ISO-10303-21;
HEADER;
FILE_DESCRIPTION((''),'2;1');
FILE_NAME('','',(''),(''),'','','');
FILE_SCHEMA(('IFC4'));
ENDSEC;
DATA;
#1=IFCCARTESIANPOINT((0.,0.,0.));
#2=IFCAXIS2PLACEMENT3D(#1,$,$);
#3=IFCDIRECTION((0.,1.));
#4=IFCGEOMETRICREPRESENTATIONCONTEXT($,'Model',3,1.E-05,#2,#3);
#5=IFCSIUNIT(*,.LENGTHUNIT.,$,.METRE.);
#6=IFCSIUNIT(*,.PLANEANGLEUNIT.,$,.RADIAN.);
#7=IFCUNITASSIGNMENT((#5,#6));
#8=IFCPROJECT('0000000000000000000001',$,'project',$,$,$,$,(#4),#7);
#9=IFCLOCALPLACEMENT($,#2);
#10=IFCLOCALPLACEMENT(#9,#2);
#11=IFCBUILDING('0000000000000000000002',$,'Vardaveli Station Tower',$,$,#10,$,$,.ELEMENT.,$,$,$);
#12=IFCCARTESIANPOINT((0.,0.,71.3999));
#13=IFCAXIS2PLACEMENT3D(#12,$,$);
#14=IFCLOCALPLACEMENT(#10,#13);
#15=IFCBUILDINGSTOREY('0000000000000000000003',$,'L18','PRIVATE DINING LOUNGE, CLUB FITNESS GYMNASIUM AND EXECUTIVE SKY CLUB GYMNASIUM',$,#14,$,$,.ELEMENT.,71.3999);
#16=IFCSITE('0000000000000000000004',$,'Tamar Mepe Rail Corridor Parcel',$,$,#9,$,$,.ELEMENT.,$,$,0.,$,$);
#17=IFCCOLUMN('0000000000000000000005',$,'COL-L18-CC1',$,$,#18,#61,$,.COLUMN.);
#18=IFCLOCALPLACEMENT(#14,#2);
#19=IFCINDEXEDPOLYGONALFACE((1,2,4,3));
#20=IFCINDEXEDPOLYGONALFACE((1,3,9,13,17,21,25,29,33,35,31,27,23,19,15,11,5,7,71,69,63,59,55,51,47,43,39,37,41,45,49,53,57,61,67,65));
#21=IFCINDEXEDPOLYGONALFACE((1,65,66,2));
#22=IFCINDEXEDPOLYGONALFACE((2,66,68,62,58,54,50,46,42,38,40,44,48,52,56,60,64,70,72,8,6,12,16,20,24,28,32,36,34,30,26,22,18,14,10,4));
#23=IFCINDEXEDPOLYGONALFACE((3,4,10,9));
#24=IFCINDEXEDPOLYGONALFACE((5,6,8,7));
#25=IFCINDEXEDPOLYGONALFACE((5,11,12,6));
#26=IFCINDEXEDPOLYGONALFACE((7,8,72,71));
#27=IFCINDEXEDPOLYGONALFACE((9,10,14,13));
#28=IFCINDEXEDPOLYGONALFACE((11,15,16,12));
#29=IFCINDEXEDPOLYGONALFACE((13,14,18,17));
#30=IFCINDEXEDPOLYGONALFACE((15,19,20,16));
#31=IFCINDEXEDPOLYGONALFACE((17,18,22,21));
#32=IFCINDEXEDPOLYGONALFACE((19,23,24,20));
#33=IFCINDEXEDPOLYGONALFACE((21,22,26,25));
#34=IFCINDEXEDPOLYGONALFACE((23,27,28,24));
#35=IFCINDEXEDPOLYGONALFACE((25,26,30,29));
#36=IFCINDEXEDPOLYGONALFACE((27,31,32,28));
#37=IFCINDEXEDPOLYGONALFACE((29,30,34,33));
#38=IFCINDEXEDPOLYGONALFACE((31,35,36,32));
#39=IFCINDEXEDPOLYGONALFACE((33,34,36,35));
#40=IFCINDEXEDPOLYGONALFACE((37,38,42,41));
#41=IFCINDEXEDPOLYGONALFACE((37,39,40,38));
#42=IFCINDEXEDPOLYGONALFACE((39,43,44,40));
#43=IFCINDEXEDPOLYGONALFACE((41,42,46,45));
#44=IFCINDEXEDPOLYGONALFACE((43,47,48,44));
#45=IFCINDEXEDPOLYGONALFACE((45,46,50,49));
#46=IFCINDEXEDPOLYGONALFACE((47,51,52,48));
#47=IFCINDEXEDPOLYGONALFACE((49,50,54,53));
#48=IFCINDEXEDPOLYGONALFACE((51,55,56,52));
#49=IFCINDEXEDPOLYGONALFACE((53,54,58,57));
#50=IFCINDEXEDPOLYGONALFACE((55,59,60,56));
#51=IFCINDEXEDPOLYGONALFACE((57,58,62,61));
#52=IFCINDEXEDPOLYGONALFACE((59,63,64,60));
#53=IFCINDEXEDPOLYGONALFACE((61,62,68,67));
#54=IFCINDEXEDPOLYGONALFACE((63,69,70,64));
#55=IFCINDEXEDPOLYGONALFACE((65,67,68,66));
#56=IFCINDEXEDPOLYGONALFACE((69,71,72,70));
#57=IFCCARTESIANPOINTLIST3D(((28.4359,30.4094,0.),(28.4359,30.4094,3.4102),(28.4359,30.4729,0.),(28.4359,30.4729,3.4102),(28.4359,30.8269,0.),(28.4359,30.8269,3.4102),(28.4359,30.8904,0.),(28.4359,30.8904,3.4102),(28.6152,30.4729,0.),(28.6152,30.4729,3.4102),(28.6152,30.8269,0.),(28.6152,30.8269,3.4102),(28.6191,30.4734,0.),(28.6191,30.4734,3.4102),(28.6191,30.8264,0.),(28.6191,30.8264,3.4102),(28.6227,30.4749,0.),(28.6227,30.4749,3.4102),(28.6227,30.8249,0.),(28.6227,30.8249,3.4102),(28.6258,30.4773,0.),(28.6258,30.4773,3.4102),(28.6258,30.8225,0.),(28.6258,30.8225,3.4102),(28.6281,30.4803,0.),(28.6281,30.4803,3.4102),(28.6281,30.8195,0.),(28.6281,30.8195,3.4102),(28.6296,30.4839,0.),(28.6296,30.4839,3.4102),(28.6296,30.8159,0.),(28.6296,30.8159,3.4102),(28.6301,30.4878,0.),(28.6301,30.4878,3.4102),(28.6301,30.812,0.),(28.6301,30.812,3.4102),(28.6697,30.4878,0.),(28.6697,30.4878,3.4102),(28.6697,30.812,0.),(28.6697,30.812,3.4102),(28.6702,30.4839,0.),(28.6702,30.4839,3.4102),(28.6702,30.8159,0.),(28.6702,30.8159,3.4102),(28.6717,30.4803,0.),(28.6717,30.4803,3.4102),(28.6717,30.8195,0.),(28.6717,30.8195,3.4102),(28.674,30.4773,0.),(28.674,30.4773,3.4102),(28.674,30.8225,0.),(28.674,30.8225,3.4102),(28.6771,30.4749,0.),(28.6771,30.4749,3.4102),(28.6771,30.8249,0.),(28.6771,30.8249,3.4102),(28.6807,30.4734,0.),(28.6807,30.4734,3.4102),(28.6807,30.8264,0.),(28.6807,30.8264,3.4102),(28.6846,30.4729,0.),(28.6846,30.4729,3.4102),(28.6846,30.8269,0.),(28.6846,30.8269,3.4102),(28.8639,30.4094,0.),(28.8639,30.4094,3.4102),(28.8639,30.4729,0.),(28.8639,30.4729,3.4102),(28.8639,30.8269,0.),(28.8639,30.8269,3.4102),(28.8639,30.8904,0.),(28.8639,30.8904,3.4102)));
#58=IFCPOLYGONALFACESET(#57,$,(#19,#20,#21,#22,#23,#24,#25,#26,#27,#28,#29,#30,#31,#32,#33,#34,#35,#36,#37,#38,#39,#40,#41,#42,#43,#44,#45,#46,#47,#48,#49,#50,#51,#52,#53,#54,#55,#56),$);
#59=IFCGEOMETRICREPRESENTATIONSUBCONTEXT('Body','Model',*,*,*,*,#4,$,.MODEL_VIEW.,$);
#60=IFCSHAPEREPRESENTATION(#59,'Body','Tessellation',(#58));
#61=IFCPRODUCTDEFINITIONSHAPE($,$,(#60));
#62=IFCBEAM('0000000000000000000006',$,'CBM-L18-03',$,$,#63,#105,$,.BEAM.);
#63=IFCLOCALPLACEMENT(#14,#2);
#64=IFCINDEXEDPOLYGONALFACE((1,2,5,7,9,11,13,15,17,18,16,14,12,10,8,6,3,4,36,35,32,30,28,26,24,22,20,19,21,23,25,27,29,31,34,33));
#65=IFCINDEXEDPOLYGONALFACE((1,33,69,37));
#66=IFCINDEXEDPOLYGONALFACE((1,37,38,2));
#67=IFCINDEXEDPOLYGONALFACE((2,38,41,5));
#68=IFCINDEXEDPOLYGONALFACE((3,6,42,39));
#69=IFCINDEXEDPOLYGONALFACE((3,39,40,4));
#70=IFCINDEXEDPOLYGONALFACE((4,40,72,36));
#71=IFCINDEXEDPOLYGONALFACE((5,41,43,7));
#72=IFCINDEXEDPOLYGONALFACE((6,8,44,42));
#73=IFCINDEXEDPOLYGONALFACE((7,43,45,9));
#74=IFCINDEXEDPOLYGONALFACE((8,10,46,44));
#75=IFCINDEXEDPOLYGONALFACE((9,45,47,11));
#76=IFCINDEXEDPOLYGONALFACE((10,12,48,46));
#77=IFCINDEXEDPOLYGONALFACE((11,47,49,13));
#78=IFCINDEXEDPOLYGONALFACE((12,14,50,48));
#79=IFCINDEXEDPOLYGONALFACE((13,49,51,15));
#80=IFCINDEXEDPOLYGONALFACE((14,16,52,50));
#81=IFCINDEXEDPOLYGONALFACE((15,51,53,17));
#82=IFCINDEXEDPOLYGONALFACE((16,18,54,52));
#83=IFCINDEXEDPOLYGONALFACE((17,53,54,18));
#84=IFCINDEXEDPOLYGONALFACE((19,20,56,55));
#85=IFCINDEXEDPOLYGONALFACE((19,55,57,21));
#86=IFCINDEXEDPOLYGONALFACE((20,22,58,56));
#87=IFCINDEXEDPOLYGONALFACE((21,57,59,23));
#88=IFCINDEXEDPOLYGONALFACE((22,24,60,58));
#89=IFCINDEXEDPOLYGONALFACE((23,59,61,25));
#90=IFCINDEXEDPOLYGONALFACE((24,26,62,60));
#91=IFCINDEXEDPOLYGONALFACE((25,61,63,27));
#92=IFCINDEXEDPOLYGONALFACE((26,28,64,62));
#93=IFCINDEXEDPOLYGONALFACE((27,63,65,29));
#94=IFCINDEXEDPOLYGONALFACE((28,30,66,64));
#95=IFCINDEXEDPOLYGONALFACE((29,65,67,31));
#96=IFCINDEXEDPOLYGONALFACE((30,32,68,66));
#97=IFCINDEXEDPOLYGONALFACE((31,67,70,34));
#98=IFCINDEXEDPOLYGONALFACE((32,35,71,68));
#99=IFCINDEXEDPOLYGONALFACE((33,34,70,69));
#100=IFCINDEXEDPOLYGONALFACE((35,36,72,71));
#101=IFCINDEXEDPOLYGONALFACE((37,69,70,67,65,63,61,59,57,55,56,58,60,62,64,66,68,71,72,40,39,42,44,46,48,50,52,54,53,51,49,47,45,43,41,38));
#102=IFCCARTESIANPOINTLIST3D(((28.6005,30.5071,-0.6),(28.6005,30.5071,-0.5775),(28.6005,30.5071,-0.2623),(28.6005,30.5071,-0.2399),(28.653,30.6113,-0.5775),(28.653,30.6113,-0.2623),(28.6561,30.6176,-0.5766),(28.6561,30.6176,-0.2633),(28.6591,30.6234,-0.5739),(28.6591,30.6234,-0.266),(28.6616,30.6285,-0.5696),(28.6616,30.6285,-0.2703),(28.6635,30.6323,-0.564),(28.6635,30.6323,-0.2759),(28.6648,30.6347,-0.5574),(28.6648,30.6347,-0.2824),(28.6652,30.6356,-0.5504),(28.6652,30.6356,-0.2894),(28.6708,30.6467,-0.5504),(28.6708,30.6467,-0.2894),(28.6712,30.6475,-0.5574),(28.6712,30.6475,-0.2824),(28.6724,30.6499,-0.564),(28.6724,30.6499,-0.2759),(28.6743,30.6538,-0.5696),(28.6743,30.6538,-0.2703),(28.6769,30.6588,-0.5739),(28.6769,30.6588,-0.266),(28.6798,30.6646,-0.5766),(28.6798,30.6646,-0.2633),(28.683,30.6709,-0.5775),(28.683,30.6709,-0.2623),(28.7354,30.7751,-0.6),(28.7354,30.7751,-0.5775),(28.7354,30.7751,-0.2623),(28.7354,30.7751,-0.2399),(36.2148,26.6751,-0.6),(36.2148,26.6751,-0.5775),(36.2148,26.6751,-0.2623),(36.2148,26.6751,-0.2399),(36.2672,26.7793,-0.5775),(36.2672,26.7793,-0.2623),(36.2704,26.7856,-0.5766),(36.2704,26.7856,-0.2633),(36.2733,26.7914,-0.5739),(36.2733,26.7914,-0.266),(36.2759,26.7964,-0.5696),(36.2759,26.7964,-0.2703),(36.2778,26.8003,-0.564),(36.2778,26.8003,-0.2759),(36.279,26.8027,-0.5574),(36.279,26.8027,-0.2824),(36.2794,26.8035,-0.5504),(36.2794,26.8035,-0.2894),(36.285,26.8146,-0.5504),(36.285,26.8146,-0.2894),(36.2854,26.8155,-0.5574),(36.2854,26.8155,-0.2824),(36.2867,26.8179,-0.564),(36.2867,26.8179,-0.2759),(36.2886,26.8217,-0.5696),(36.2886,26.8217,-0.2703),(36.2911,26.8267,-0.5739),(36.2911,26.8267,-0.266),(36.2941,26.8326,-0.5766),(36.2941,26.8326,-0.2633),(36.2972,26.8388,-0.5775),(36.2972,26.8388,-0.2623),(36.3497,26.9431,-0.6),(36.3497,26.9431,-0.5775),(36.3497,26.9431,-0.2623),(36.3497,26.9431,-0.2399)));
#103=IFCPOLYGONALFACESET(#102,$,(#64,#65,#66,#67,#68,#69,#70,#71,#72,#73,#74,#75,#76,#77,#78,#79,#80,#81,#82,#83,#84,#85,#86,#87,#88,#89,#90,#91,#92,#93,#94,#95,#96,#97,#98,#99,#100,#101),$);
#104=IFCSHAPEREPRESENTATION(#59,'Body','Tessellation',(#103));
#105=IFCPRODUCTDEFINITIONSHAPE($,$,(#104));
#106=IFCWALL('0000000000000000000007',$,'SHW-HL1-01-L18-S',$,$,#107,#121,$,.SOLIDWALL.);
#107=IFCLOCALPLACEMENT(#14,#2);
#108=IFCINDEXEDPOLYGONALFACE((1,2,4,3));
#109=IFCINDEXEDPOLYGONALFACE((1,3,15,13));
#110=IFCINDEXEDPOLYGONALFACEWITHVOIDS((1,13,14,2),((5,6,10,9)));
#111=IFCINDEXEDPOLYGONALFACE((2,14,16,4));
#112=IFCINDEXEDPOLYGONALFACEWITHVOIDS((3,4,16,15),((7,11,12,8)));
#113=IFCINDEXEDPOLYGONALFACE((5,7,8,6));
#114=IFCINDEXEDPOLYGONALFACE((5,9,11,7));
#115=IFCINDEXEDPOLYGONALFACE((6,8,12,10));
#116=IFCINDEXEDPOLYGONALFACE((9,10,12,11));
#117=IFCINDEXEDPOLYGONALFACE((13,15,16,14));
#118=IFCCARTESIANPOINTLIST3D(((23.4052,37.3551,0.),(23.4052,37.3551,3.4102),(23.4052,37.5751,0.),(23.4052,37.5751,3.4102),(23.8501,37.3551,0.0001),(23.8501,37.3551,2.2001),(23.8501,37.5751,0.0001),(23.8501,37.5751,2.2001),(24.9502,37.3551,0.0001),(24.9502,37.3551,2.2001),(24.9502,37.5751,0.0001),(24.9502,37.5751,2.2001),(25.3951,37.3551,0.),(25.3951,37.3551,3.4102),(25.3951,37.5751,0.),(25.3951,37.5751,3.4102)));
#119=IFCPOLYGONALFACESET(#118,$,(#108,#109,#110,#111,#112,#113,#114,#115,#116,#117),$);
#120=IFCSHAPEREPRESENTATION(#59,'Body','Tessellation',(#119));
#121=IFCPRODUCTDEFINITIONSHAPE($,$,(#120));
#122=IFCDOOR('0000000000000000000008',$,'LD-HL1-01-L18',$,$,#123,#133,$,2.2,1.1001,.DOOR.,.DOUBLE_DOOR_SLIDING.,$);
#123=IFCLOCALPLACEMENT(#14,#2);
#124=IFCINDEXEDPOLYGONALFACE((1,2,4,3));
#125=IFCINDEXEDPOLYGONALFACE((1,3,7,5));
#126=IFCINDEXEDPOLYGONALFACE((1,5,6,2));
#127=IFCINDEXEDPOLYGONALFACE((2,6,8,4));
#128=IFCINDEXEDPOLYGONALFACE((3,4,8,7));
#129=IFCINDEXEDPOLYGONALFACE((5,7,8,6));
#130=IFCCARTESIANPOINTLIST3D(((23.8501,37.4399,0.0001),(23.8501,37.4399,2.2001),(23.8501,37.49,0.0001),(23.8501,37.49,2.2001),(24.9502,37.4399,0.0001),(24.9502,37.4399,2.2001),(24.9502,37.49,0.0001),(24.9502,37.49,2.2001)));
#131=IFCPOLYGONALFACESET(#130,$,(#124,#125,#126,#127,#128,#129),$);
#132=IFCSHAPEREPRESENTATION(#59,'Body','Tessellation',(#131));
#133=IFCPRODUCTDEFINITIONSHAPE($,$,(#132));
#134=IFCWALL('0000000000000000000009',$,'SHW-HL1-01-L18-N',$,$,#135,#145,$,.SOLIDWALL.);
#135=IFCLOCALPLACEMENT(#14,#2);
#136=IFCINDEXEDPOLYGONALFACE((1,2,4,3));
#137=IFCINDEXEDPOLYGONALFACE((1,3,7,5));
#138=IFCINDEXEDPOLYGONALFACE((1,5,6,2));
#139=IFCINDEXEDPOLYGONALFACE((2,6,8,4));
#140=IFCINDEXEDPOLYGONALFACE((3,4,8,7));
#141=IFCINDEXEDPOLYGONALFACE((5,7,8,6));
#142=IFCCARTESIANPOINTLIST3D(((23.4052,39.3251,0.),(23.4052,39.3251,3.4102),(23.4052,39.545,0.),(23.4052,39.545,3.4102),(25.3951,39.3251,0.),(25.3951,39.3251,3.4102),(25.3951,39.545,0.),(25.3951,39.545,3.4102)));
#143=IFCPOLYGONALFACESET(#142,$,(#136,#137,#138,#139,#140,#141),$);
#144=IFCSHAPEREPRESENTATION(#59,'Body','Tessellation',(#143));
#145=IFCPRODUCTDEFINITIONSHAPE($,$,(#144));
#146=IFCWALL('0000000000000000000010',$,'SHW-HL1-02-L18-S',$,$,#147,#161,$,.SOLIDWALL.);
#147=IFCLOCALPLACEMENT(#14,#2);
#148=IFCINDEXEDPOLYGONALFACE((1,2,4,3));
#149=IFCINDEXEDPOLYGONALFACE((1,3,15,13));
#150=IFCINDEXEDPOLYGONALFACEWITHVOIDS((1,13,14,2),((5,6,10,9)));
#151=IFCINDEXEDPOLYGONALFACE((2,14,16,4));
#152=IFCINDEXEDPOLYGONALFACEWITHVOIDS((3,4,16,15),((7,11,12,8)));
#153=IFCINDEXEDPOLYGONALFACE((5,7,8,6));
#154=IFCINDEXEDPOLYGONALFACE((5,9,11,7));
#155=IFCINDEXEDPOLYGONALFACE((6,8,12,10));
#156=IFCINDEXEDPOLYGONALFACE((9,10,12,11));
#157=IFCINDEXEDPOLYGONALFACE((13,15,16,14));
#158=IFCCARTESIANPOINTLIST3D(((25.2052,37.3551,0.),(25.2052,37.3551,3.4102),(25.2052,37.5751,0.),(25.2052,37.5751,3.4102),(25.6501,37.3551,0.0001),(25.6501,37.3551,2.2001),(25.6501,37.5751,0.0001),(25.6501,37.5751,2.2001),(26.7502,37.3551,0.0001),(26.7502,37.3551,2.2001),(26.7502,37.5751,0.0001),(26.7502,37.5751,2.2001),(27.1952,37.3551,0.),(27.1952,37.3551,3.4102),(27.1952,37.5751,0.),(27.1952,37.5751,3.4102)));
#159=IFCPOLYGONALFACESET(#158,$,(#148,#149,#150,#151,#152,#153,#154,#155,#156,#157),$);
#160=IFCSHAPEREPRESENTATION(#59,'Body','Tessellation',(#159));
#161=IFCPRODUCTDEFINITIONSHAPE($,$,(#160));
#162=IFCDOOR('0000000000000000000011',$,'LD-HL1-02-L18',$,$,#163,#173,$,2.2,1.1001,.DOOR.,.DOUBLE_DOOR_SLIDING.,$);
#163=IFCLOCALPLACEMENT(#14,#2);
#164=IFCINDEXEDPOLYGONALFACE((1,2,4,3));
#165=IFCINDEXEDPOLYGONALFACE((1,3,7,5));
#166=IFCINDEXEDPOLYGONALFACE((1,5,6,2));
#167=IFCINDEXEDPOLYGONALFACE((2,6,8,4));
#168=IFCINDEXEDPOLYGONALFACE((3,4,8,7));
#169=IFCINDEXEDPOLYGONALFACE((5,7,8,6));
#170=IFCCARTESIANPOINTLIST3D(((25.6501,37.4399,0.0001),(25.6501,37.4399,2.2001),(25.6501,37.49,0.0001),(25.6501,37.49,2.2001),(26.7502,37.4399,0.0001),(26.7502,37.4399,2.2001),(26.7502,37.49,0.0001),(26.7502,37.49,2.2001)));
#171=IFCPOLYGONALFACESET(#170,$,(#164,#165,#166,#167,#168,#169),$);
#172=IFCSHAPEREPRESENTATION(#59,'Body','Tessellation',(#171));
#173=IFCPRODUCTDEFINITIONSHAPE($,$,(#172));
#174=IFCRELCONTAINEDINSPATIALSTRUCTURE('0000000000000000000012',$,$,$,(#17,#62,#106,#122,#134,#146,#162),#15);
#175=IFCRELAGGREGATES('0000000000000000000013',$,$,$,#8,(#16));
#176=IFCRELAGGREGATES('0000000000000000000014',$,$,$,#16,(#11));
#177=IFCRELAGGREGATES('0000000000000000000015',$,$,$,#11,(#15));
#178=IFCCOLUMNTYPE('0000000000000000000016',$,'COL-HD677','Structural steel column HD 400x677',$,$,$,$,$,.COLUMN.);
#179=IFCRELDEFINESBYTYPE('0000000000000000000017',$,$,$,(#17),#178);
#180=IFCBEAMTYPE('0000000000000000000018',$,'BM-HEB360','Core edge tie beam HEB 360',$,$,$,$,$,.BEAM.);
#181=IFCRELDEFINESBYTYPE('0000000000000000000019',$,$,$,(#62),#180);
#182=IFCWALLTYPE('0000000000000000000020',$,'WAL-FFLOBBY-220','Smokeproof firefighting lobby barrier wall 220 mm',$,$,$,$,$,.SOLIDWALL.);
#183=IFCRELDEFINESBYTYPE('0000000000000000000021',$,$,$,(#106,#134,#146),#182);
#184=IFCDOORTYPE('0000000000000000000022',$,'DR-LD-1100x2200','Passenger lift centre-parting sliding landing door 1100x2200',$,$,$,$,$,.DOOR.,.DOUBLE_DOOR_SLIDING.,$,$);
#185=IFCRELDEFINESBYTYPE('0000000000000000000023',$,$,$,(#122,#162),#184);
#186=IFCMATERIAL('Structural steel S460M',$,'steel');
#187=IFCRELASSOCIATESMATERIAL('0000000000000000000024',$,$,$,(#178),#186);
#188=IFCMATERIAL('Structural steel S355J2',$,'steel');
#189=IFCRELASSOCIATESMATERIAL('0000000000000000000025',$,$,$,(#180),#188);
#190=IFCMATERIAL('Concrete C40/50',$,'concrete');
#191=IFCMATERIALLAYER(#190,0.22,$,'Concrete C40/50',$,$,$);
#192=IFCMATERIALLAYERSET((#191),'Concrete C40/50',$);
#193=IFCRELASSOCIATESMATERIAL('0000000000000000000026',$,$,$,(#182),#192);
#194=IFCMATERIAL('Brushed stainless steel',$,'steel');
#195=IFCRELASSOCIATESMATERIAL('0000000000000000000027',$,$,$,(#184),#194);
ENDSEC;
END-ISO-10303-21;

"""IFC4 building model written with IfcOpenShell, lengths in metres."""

from ifc_helpers import new_model, si_unit, direction, frame, frame_2d, origin, origin_2d, place, context, subcontext, project, spatial, rectangle, i_section, extrude, source, transform, mapped, material, layer, layer_set, material_profile, profile_set, type_object, element, fill, save


model = new_model("IFC4")

# Units and contexts
model_context = context("Model", 3, precision=1e-05, world=origin(), true_north=direction((0.0, 1.0)))
body_context = subcontext(model_context, "Body", "Model", "MODEL_VIEW")
ifc_project = project(units=[si_unit("LENGTHUNIT", "METRE"), si_unit("PLANEANGLEUNIT", "RADIAN")], contexts=[model_context])

# Site, building, storey
site_placement = place(None, origin())
site = spatial("IfcSite", under=ifc_project, at=site_placement, Name="Tamar Mepe Rail Corridor Parcel", CompositionType="ELEMENT", RefElevation=0.0)
building_placement = place(site_placement, origin())
building = spatial("IfcBuilding", under=site, at=building_placement, Name="Vardaveli Station Tower", CompositionType="ELEMENT")
storey_placement = place(building_placement, frame((0.0, 0.0, 71.3999)))
storey = spatial("IfcBuildingStorey", under=building, at=storey_placement, Name="L18", Description="PRIVATE DINING LOUNGE, CLUB FITNESS GYMNASIUM AND EXECUTIVE SKY CLUB GYMNASIUM", CompositionType="ELEMENT", Elevation=71.3999)

# Column
ifc_material_1 = material(Name="Structural steel S460M", Category="steel")
ifc_material_profile_1 = material_profile(ifc_material_1, i_section(OverallWidth=0.428, OverallDepth=0.481, WebThickness=0.0396, FlangeThickness=0.0635, FilletRadius=0.0149, at=origin_2d()), Name="HD 400x677")
ifc_profile_set_1 = profile_set([ifc_material_profile_1], Name="Structural steel S460M")
column_type = type_object("IfcColumnType", Name="COL-HD677", Description="Structural steel column HD 400x677", PredefinedType="COLUMN", material=ifc_profile_set_1)
shared_shape_1 = source(origin(), body_context, "Body", "SweptSolid", [
    extrude(i_section(OverallWidth=0.428, OverallDepth=0.481, WebThickness=0.0396, FlangeThickness=0.0635, FilletRadius=0.0149, at=origin_2d()), origin(), (0.0, 0.0, 1.0), 3.4102),
])
column_placement = place(storey_placement, frame((28.6499, 30.6499, 0.0), z_axis=(0.0, 0.0, 1.0), x_axis=(1.0, 0.0, 0.0)))
element("IfcColumn", 1, at=column_placement, inside=storey, type_object=column_type, Name="COL-L18-CC1", PredefinedType="COLUMN", context=body_context, shape_type="MappedRepresentation", body=[
    mapped(shared_shape_1, transform((0.0, 0.0, 0.0), scale=1.0)),
])

# Beam
ifc_material_2 = material(Name="Structural steel S355J2", Category="steel")
ifc_material_profile_2 = material_profile(ifc_material_2, i_section(OverallWidth=0.3, OverallDepth=0.3601, WebThickness=0.0125, FlangeThickness=0.0225, FilletRadius=0.0271, at=origin_2d()), Name="HEB 360")
ifc_profile_set_2 = profile_set([ifc_material_profile_2], Name="Structural steel S355J2")
beam_type = type_object("IfcBeamType", Name="BM-HEB360", Description="Core edge tie beam HEB 360", PredefinedType="BEAM", material=ifc_profile_set_2)
shared_shape_2 = source(origin(), body_context, "Body", "SweptSolid", [
    extrude(i_section(OverallWidth=0.3, OverallDepth=0.3601, WebThickness=0.0125, FlangeThickness=0.0225, FilletRadius=0.0271, at=origin_2d()), origin(), (0.0, 0.0, 1.0), 8.5242),
])
beam_placement = place(storey_placement, frame((28.668, 30.6411, -0.4199), z_axis=(0.893256, -0.449549, 0.0), x_axis=(0.449549, 0.893256, 0.0)))
element("IfcBeam", 2, at=beam_placement, inside=storey, type_object=beam_type, Name="CBM-L18-03", PredefinedType="BEAM", context=body_context, shape_type="MappedRepresentation", body=[
    mapped(shared_shape_2, transform((0.0, 0.0, 0.0), scale=1.0)),
])

# Wall, opening, door
ifc_material_3 = material(Name="Concrete C40/50", Category="concrete")
ifc_layer_1 = layer(ifc_material_3, 0.22, Name="Concrete C40/50")
ifc_layer_set_1 = layer_set([ifc_layer_1], Name="Concrete C40/50")
wall_type_1 = type_object("IfcWallType", Name="WAL-FFLOBBY-220", Description="Smokeproof firefighting lobby barrier wall 220 mm", PredefinedType="SOLIDWALL", material=ifc_layer_set_1)
shared_shape_3 = source(origin(), body_context, "Body", "SweptSolid", [
    extrude(rectangle(XDim=1.99, YDim=0.22, at=frame_2d((0.9951, 0.0))), origin(), (0.0, 0.0, 1.0), 3.4102),
])
wall_1_placement = place(storey_placement, frame((23.405, 37.4651, 0.0), z_axis=(0.0, 0.0, 1.0), x_axis=(1.0, 0.0, 0.0)))
wall_1 = element("IfcWall", 3, at=wall_1_placement, inside=storey, type_object=wall_type_1, Name="SHW-HL1-01-L18-S", PredefinedType="SOLIDWALL", context=body_context, shape_type="MappedRepresentation", body=[
    mapped(shared_shape_3, transform((0.0, 0.0, 0.0), scale=1.0)),
])
shared_shape_4 = source(origin(), body_context, "Body", "SweptSolid", [
    extrude(rectangle(XDim=1.1001, YDim=2.2, at=frame_2d((0.55, 1.1001))), frame((0.0, 0.1201, 0.0), z_axis=(0.0, -1.0, 0.0), x_axis=(1.0, 0.0, 0.0)), (0.0, 0.0, 1.0), 0.24),
])
opening_1_placement = place(wall_1_placement, frame((0.4451, 0.0, 0.0)))
opening_1 = element("IfcOpeningElement", 4, at=opening_1_placement, cuts=wall_1, PredefinedType="OPENING", context=body_context, shape_type="MappedRepresentation", body=[
    mapped(shared_shape_4, transform((0.0, 0.0, 0.0), scale=1.0)),
])
ifc_material_4 = material(Name="Brushed stainless steel", Category="steel")
door_type = type_object("IfcDoorType", Name="DR-LD-1100x2200", Description="Passenger lift centre-parting sliding landing door 1100x2200", OperationType="DOUBLE_DOOR_SLIDING", PredefinedType="DOOR", material=ifc_material_4)
shared_shape_5 = source(origin(), body_context, "Body", "SweptSolid", [
    extrude(rectangle(XDim=1.1001, YDim=2.2, at=frame_2d((0.55, 1.1001))), frame((0.0, 0.0249, 0.0), z_axis=(0.0, -1.0, 0.0), x_axis=(1.0, 0.0, 0.0)), (0.0, 0.0, 1.0), 0.05),
])
door_1_placement = place(opening_1_placement, origin())
door_1 = element("IfcDoor", 5, at=door_1_placement, inside=storey, type_object=door_type, Name="LD-HL1-01-L18", OperationType="DOUBLE_DOOR_SLIDING", OverallHeight=2.2, OverallWidth=1.1001, PredefinedType="DOOR", context=body_context, shape_type="MappedRepresentation", body=[
    mapped(shared_shape_5, transform((0.0, 0.0, 0.0), scale=1.0)),
])
fill(opening_1, door_1)

# Wall
wall_2_placement = place(storey_placement, frame((23.405, 39.4351, 0.0), z_axis=(0.0, 0.0, 1.0), x_axis=(1.0, 0.0, 0.0)))
element("IfcWall", 6, at=wall_2_placement, inside=storey, type_object=wall_type_1, Name="SHW-HL1-01-L18-N", PredefinedType="SOLIDWALL", context=body_context, shape_type="MappedRepresentation", body=[
    mapped(shared_shape_3, transform((0.0, 0.0, 0.0), scale=1.0)),
])

# Wall, opening, door
wall_3_placement = place(storey_placement, frame((25.2051, 37.4651, 0.0), z_axis=(0.0, 0.0, 1.0), x_axis=(1.0, 0.0, 0.0)))
wall_3 = element("IfcWall", 7, at=wall_3_placement, inside=storey, type_object=wall_type_1, Name="SHW-HL1-02-L18-S", PredefinedType="SOLIDWALL", context=body_context, shape_type="MappedRepresentation", body=[
    mapped(shared_shape_3, transform((0.0, 0.0, 0.0), scale=1.0)),
])
opening_2_placement = place(wall_3_placement, frame((0.4451, 0.0, 0.0)))
opening_2 = element("IfcOpeningElement", 8, at=opening_2_placement, cuts=wall_3, PredefinedType="OPENING", context=body_context, shape_type="MappedRepresentation", body=[
    mapped(shared_shape_4, transform((0.0, 0.0, 0.0), scale=1.0)),
])
door_2_placement = place(opening_2_placement, origin())
door_2 = element("IfcDoor", 9, at=door_2_placement, inside=storey, type_object=door_type, Name="LD-HL1-02-L18", OperationType="DOUBLE_DOOR_SLIDING", OverallHeight=2.2, OverallWidth=1.1001, PredefinedType="DOOR", context=body_context, shape_type="MappedRepresentation", body=[
    mapped(shared_shape_5, transform((0.0, 0.0, 0.0), scale=1.0)),
])
fill(opening_2, door_2)

save(model, "model.ifc")
